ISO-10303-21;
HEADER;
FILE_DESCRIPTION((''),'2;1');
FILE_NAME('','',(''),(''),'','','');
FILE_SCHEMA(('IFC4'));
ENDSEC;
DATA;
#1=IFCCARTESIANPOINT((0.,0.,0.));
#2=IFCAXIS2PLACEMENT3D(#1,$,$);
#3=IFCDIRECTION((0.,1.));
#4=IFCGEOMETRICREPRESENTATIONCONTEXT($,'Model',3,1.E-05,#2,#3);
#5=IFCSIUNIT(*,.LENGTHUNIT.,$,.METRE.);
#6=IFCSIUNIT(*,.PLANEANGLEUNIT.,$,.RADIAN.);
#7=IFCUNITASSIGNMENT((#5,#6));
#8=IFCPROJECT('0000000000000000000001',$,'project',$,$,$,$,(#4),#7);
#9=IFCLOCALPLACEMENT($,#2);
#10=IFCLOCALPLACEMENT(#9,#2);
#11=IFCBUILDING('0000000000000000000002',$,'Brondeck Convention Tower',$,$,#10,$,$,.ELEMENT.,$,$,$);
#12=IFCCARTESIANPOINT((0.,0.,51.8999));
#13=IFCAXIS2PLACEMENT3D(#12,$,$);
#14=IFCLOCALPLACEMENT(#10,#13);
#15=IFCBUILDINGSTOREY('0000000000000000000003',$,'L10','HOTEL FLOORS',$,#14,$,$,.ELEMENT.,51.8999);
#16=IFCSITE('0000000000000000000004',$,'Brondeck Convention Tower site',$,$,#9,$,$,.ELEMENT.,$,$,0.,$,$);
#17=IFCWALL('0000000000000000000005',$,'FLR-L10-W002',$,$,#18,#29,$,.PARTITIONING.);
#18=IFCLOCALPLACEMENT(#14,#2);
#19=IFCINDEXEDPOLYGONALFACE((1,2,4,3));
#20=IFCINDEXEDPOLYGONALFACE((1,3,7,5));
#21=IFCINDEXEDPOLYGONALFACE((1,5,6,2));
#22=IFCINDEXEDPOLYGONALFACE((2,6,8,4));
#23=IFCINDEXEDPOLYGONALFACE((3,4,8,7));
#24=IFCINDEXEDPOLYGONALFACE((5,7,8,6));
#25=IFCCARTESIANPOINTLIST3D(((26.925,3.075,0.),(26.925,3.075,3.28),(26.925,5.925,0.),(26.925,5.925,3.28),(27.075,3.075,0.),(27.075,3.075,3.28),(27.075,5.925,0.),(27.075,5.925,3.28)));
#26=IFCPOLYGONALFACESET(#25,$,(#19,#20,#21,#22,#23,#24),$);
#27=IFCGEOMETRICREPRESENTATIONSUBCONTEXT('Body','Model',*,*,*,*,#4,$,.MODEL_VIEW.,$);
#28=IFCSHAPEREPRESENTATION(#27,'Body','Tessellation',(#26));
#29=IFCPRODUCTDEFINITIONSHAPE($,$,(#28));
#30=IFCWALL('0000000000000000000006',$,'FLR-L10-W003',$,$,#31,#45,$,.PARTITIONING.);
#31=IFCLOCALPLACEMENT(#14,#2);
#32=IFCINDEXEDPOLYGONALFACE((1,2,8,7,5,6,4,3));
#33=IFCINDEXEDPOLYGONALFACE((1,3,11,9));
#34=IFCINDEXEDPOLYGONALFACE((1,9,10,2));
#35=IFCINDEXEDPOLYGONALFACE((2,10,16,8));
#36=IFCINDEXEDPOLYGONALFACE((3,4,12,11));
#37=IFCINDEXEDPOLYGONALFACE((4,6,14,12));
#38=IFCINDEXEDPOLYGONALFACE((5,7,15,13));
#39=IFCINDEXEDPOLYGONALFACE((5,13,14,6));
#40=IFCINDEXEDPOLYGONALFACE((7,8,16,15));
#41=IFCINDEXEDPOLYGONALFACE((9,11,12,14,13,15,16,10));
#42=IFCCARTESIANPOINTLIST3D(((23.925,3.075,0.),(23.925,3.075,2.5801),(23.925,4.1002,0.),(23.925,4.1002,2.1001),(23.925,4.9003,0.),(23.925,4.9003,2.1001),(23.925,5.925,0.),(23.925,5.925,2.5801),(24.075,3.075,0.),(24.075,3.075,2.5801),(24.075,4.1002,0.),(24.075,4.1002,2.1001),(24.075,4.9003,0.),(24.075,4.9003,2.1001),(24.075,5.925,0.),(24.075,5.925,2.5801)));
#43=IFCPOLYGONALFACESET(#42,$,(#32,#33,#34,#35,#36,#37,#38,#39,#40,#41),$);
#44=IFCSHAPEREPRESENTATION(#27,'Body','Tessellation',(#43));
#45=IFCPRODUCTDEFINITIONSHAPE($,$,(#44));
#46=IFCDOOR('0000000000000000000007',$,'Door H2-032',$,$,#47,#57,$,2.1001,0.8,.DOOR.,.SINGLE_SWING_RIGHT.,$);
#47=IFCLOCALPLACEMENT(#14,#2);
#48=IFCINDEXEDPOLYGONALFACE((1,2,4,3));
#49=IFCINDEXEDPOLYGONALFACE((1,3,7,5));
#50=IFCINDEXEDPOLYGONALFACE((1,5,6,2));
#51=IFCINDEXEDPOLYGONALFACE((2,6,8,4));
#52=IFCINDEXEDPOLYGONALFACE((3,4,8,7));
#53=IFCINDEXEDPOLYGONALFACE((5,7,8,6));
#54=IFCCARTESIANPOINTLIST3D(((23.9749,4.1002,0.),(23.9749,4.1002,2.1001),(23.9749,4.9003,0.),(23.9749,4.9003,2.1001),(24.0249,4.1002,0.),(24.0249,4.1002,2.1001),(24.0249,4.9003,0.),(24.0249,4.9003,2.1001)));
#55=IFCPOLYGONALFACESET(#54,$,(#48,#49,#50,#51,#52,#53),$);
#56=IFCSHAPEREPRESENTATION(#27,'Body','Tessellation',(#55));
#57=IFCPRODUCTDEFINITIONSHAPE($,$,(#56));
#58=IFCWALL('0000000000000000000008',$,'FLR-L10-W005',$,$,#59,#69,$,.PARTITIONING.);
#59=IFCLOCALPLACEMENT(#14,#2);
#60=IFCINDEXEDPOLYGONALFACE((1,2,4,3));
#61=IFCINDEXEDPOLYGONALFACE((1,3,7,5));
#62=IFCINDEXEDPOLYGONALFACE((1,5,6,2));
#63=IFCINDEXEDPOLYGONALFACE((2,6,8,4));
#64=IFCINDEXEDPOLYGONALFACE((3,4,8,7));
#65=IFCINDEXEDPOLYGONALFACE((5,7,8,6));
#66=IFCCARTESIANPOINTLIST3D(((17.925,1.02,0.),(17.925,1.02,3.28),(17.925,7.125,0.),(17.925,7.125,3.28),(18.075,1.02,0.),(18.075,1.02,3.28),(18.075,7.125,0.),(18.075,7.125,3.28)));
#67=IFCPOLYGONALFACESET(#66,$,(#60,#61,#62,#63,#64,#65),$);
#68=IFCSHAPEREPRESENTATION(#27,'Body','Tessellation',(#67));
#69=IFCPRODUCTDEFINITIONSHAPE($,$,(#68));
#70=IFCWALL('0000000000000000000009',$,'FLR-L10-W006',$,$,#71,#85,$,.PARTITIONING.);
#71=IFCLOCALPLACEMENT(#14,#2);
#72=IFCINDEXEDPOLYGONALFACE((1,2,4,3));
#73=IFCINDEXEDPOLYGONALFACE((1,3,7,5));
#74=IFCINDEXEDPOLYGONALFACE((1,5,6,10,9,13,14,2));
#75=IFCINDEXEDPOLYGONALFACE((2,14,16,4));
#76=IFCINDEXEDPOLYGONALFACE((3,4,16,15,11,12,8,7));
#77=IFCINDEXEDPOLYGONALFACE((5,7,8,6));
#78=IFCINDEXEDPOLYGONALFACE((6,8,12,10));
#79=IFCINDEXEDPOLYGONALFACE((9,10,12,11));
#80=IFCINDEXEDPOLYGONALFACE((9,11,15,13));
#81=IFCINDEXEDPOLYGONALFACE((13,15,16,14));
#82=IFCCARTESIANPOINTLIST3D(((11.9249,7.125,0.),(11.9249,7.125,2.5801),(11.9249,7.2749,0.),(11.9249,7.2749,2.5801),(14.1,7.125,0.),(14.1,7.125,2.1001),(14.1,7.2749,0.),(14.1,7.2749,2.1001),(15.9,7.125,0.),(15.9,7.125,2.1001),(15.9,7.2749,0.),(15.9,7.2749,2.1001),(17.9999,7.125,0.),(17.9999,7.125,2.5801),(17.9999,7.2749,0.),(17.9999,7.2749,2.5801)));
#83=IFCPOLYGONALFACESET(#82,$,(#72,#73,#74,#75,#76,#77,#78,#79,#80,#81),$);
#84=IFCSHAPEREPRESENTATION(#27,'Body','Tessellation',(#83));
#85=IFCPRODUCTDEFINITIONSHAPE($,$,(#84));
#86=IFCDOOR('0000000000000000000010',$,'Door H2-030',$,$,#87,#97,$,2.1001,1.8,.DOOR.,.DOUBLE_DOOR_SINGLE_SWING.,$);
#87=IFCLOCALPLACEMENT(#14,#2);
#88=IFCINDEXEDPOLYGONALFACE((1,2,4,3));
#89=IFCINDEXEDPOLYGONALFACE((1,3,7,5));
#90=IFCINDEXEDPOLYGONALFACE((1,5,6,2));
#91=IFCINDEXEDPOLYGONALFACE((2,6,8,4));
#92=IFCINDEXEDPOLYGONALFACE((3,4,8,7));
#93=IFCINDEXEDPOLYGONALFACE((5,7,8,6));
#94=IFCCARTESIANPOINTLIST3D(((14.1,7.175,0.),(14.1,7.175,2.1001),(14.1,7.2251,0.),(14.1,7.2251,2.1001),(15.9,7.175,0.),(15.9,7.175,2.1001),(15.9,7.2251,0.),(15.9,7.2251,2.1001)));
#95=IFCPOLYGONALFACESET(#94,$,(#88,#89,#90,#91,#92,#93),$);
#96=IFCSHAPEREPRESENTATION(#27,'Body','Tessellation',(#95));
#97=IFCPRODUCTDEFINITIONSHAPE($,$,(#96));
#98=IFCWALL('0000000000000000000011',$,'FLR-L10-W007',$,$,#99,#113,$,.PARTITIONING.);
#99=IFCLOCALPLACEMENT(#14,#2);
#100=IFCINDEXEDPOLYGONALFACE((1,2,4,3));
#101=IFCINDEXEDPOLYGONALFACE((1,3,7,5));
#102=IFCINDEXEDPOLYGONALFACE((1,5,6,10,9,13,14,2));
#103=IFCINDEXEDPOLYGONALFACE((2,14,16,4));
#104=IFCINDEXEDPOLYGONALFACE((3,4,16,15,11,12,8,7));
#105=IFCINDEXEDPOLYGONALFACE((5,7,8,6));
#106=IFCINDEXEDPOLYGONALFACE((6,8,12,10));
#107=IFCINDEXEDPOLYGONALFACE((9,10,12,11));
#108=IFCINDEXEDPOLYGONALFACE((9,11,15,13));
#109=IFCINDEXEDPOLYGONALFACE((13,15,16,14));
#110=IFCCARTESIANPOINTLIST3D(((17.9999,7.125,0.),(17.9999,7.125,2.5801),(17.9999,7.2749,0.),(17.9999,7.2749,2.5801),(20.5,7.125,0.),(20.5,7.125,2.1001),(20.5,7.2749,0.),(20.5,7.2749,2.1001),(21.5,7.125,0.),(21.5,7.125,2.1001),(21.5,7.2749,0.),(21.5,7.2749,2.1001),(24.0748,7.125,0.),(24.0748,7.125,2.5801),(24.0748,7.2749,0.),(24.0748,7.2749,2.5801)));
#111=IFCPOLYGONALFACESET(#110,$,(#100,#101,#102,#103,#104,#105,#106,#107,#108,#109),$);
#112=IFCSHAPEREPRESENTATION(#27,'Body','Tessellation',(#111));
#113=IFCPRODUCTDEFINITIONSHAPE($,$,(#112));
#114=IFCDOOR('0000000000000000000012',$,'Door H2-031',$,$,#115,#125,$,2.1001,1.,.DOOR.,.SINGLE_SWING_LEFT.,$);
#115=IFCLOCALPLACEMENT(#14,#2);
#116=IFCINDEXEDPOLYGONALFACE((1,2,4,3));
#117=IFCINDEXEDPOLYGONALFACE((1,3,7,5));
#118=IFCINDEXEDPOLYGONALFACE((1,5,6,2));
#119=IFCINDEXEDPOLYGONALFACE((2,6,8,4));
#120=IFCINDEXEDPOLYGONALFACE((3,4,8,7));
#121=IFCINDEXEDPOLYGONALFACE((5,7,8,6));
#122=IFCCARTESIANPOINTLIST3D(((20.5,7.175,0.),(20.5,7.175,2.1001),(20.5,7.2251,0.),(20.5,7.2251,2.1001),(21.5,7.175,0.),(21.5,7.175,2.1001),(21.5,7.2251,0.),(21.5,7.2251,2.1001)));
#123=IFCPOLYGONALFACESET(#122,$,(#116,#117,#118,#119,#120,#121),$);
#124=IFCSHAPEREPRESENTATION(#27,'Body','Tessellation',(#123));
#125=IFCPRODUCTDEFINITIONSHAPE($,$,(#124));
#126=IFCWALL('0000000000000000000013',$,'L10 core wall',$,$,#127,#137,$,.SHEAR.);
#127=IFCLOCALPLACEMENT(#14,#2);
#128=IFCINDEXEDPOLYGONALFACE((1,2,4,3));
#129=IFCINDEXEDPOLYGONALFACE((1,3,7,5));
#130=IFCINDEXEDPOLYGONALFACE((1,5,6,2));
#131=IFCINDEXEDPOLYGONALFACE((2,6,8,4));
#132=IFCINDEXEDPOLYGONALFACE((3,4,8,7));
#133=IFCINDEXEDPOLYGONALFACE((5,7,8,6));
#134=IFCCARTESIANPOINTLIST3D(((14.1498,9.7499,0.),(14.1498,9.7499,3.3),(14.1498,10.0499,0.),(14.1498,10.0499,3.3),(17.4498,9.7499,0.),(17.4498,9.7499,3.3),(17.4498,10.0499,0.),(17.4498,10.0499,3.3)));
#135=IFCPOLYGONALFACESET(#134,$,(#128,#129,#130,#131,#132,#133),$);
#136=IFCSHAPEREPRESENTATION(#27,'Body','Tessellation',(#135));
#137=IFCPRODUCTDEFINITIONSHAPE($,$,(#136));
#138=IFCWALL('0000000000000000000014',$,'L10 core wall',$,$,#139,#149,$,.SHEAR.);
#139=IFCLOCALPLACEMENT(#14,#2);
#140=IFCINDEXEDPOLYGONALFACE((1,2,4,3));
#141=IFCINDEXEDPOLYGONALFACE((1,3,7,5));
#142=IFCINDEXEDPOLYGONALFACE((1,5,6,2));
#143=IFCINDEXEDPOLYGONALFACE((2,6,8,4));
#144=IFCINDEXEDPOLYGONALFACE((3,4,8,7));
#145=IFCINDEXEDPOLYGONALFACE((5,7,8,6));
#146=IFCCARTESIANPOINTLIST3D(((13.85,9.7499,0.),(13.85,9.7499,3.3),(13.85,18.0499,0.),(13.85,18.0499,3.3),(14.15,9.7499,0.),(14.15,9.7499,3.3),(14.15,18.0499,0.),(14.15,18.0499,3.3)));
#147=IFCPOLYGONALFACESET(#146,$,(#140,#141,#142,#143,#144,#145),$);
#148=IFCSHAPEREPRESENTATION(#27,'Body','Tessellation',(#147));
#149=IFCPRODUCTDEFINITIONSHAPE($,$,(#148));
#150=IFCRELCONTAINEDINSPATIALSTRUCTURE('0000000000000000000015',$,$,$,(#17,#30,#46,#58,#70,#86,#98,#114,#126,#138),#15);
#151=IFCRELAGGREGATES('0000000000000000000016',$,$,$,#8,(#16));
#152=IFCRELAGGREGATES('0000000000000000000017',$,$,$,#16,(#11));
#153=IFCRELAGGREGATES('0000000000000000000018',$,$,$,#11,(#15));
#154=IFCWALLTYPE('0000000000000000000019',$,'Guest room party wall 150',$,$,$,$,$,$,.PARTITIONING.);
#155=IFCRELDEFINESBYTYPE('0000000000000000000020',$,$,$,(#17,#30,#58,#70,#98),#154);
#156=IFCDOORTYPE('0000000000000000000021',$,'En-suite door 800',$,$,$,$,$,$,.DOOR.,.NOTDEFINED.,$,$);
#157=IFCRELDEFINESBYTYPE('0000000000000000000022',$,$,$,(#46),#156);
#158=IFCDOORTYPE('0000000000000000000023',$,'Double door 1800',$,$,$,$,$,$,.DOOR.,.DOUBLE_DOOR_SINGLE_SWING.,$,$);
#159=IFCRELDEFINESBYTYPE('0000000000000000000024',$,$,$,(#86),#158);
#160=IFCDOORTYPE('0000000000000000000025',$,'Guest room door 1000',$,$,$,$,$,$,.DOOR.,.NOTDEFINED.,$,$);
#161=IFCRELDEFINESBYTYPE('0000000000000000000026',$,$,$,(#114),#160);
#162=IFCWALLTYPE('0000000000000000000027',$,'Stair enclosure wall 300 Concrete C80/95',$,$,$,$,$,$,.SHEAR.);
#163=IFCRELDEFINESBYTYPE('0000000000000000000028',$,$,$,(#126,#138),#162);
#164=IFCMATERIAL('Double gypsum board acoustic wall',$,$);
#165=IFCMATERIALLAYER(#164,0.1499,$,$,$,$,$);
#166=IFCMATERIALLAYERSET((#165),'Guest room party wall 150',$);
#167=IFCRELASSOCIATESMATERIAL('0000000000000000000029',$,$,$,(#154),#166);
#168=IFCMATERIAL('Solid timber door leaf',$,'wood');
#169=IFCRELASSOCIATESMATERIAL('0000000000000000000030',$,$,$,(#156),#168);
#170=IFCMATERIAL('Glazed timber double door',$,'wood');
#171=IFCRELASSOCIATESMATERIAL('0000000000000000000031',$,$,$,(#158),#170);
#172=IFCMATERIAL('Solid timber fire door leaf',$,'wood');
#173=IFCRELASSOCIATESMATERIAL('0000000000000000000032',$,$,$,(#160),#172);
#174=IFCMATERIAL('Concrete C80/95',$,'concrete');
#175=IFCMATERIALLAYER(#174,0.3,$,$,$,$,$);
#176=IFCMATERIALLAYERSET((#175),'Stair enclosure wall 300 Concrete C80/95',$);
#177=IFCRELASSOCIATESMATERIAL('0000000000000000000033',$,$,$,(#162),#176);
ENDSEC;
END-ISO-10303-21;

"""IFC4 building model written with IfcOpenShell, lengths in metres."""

from ifc_helpers import new_model, si_unit, direction, frame, frame_2d, origin, place, context, subcontext, project, spatial, rectangle, extrude, material, layer, layer_set, type_object, element, fill, save


model = new_model("IFC4")

# Units and contexts
model_context = context("Model", 3, precision=1e-05, world=origin(), true_north=direction((0.0, 1.0)))
body_context = subcontext(model_context, "Body", "Model", "MODEL_VIEW")
ifc_project = project(units=[si_unit("LENGTHUNIT", "METRE"), si_unit("PLANEANGLEUNIT", "RADIAN")], contexts=[model_context])

# Site, building, storey
site_placement = place(None, origin())
site = spatial("IfcSite", under=ifc_project, at=site_placement, Name="Brondeck Convention Tower site", CompositionType="ELEMENT", RefElevation=0.0)
building_placement = place(site_placement, origin())
building = spatial("IfcBuilding", under=site, at=building_placement, Name="Brondeck Convention Tower", CompositionType="ELEMENT")
storey_placement = place(building_placement, frame((0.0, 0.0, 51.8999)))
storey = spatial("IfcBuildingStorey", under=building, at=storey_placement, Name="L10", Description="HOTEL FLOORS", CompositionType="ELEMENT", Elevation=51.8999)

# Shared definitions
ifc_material_1 = material(Name="Concrete C80/95", Category="concrete")

# Wall
ifc_material_2 = material(Name="Double gypsum board acoustic wall")
ifc_layer_1 = layer(ifc_material_2, 0.1499)
ifc_layer_set_1 = layer_set([ifc_layer_1], Name="Guest room party wall 150")
wall_type_1 = type_object("IfcWallType", Name="Guest room party wall 150", PredefinedType="PARTITIONING", material=ifc_layer_set_1)
wall_1_placement = place(storey_placement, frame((27.0, 3.075, 0.0), z_axis=(0.0, 0.0, 1.0), x_axis=(0.0, 1.0, 0.0)))
element("IfcWall", 1, at=wall_1_placement, inside=storey, type_object=wall_type_1, Name="FLR-L10-W002", PredefinedType="PARTITIONING", context=body_context, shape_type="SweptSolid", body=[
    extrude(rectangle(XDim=2.8501, YDim=0.1499, at=frame_2d((1.425, 0.0))), origin(), (0.0, 0.0, 1.0), 3.28),
])

# Wall, opening, door
wall_2_placement = place(storey_placement, frame((24.0, 5.925, 0.0), z_axis=(0.0, 0.0, 1.0), x_axis=(0.0, -1.0, 0.0)))
wall_2 = element("IfcWall", 2, at=wall_2_placement, inside=storey, type_object=wall_type_1, Name="FLR-L10-W003", PredefinedType="PARTITIONING", context=body_context, shape_type="SweptSolid", body=[
    extrude(rectangle(XDim=2.8501, YDim=0.1499, at=frame_2d((1.425, 0.0))), origin(), (0.0, 0.0, 1.0), 2.5801),
])
opening_1_placement = place(wall_2_placement, frame((1.0249, 0.0, 0.0)))
opening_1 = element("IfcOpeningElement", 3, at=opening_1_placement, cuts=wall_2, PredefinedType="OPENING", context=body_context, shape_type="SweptSolid", body=[
    extrude(rectangle(XDim=0.8, YDim=2.1001, at=frame_2d((0.3999, 1.05))), frame((0.0, 0.085, 0.0), z_axis=(0.0, -1.0, 0.0), x_axis=(1.0, 0.0, 0.0)), (0.0, 0.0, 1.0), 0.1699),
])
ifc_material_3 = material(Name="Solid timber door leaf", Category="wood")
door_type_1 = type_object("IfcDoorType", Name="En-suite door 800", OperationType="NOTDEFINED", PredefinedType="DOOR", material=ifc_material_3)
door_1_placement = place(opening_1_placement, origin())
door_1 = element("IfcDoor", 4, at=door_1_placement, inside=storey, type_object=door_type_1, Name="Door H2-032", OperationType="SINGLE_SWING_RIGHT", OverallHeight=2.1001, OverallWidth=0.8, PredefinedType="DOOR", context=body_context, shape_type="SweptSolid", body=[
    extrude(rectangle(XDim=0.8, YDim=2.1001, at=frame_2d((0.3999, 1.05))), frame((0.0, 0.0249, 0.0), z_axis=(0.0, -1.0, 0.0), x_axis=(1.0, 0.0, 0.0)), (0.0, 0.0, 1.0), 0.05),
])
fill(opening_1, door_1)

# Wall
wall_3_placement = place(storey_placement, frame((18.0, 7.125, 0.0), z_axis=(0.0, 0.0, 1.0), x_axis=(0.0, -1.0, 0.0)))
element("IfcWall", 5, at=wall_3_placement, inside=storey, type_object=wall_type_1, Name="FLR-L10-W005", PredefinedType="PARTITIONING", context=body_context, shape_type="SweptSolid", body=[
    extrude(rectangle(XDim=6.105, YDim=0.1499, at=frame_2d((3.0525, 0.0))), origin(), (0.0, 0.0, 1.0), 3.28),
])

# Walls, openings, doors
wall_4_placement = place(storey_placement, frame((18.0, 7.2, 0.0), z_axis=(0.0, 0.0, 1.0), x_axis=(-1.0, 0.0, 0.0)))
wall_4 = element("IfcWall", 6, at=wall_4_placement, inside=storey, type_object=wall_type_1, Name="FLR-L10-W006", PredefinedType="PARTITIONING", context=body_context, shape_type="SweptSolid", body=[
    extrude(rectangle(XDim=6.075, YDim=0.1499, at=frame_2d((3.0376, 0.0))), origin(), (0.0, 0.0, 1.0), 2.5801),
])
opening_2_placement = place(wall_4_placement, frame((2.1001, 0.0, 0.0)))
opening_2 = element("IfcOpeningElement", 7, at=opening_2_placement, cuts=wall_4, PredefinedType="OPENING", context=body_context, shape_type="SweptSolid", body=[
    extrude(rectangle(XDim=1.8, YDim=2.1001, at=frame_2d((0.8999, 1.05))), frame((0.0, 0.085, 0.0), z_axis=(0.0, -1.0, 0.0), x_axis=(1.0, 0.0, 0.0)), (0.0, 0.0, 1.0), 0.1699),
])
ifc_material_4 = material(Name="Glazed timber double door", Category="wood")
door_type_2 = type_object("IfcDoorType", Name="Double door 1800", OperationType="DOUBLE_DOOR_SINGLE_SWING", PredefinedType="DOOR", material=ifc_material_4)
door_2_placement = place(opening_2_placement, origin())
door_2 = element("IfcDoor", 8, at=door_2_placement, inside=storey, type_object=door_type_2, Name="Door H2-030", OperationType="DOUBLE_DOOR_SINGLE_SWING", OverallHeight=2.1001, OverallWidth=1.8, PredefinedType="DOOR", context=body_context, shape_type="SweptSolid", body=[
    extrude(rectangle(XDim=1.8, YDim=2.1001, at=frame_2d((0.8999, 1.05))), frame((0.0, 0.0249, 0.0), z_axis=(0.0, -1.0, 0.0), x_axis=(1.0, 0.0, 0.0)), (0.0, 0.0, 1.0), 0.05),
])
fill(opening_2, door_2)
wall_5_placement = place(storey_placement, frame((24.075, 7.2, 0.0), z_axis=(0.0, 0.0, 1.0), x_axis=(-1.0, 0.0, 0.0)))
wall_5 = element("IfcWall", 9, at=wall_5_placement, inside=storey, type_object=wall_type_1, Name="FLR-L10-W007", PredefinedType="PARTITIONING", context=body_context, shape_type="SweptSolid", body=[
    extrude(rectangle(XDim=6.075, YDim=0.1499, at=frame_2d((3.0376, 0.0))), origin(), (0.0, 0.0, 1.0), 2.5801),
])
opening_3_placement = place(wall_5_placement, frame((2.575, 0.0, 0.0)))
opening_3 = element("IfcOpeningElement", 10, at=opening_3_placement, cuts=wall_5, PredefinedType="OPENING", context=body_context, shape_type="SweptSolid", body=[
    extrude(rectangle(XDim=1.0, YDim=2.1001, at=frame_2d((0.5, 1.05))), frame((0.0, 0.085, 0.0), z_axis=(0.0, -1.0, 0.0), x_axis=(1.0, 0.0, 0.0)), (0.0, 0.0, 1.0), 0.1699),
])
ifc_material_5 = material(Name="Solid timber fire door leaf", Category="wood")
door_type_3 = type_object("IfcDoorType", Name="Guest room door 1000", OperationType="NOTDEFINED", PredefinedType="DOOR", material=ifc_material_5)
door_3_placement = place(opening_3_placement, origin())
door_3 = element("IfcDoor", 11, at=door_3_placement, inside=storey, type_object=door_type_3, Name="Door H2-031", OperationType="SINGLE_SWING_LEFT", OverallHeight=2.1001, OverallWidth=1.0, PredefinedType="DOOR", context=body_context, shape_type="SweptSolid", body=[
    extrude(rectangle(XDim=1.0, YDim=2.1001, at=frame_2d((0.5, 1.05))), frame((0.0, 0.0249, 0.0), z_axis=(0.0, -1.0, 0.0), x_axis=(1.0, 0.0, 0.0)), (0.0, 0.0, 1.0), 0.05),
])
fill(opening_3, door_3)

# Walls
ifc_layer_2 = layer(ifc_material_1, 0.3)
ifc_layer_set_2 = layer_set([ifc_layer_2], Name="Stair enclosure wall 300 Concrete C80/95")
wall_type_2 = type_object("IfcWallType", Name="Stair enclosure wall 300 Concrete C80/95", PredefinedType="SHEAR", material=ifc_layer_set_2)
wall_6_placement = place(storey_placement, frame((14.1499, 9.8999, 0.0), z_axis=(0.0, 0.0, 1.0), x_axis=(1.0, 0.0, 0.0)))
element("IfcWall", 12, at=wall_6_placement, inside=storey, type_object=wall_type_2, Name="L10 core wall", PredefinedType="SHEAR", context=body_context, shape_type="SweptSolid", body=[
    extrude(rectangle(XDim=3.3, YDim=0.3, at=frame_2d((1.6499, 0.0))), origin(), (0.0, 0.0, 1.0), 3.3),
])
wall_7_placement = place(storey_placement, frame((14.0, 9.75, 0.0), z_axis=(0.0, 0.0, 1.0), x_axis=(0.0, 1.0, 0.0)))
element("IfcWall", 13, at=wall_7_placement, inside=storey, type_object=wall_type_2, Name="L10 core wall", PredefinedType="SHEAR", context=body_context, shape_type="SweptSolid", body=[
    extrude(rectangle(XDim=8.3, YDim=0.3, at=frame_2d((4.1499, 0.0))), origin(), (0.0, 0.0, 1.0), 3.3),
])

save(model, "model.ifc")
